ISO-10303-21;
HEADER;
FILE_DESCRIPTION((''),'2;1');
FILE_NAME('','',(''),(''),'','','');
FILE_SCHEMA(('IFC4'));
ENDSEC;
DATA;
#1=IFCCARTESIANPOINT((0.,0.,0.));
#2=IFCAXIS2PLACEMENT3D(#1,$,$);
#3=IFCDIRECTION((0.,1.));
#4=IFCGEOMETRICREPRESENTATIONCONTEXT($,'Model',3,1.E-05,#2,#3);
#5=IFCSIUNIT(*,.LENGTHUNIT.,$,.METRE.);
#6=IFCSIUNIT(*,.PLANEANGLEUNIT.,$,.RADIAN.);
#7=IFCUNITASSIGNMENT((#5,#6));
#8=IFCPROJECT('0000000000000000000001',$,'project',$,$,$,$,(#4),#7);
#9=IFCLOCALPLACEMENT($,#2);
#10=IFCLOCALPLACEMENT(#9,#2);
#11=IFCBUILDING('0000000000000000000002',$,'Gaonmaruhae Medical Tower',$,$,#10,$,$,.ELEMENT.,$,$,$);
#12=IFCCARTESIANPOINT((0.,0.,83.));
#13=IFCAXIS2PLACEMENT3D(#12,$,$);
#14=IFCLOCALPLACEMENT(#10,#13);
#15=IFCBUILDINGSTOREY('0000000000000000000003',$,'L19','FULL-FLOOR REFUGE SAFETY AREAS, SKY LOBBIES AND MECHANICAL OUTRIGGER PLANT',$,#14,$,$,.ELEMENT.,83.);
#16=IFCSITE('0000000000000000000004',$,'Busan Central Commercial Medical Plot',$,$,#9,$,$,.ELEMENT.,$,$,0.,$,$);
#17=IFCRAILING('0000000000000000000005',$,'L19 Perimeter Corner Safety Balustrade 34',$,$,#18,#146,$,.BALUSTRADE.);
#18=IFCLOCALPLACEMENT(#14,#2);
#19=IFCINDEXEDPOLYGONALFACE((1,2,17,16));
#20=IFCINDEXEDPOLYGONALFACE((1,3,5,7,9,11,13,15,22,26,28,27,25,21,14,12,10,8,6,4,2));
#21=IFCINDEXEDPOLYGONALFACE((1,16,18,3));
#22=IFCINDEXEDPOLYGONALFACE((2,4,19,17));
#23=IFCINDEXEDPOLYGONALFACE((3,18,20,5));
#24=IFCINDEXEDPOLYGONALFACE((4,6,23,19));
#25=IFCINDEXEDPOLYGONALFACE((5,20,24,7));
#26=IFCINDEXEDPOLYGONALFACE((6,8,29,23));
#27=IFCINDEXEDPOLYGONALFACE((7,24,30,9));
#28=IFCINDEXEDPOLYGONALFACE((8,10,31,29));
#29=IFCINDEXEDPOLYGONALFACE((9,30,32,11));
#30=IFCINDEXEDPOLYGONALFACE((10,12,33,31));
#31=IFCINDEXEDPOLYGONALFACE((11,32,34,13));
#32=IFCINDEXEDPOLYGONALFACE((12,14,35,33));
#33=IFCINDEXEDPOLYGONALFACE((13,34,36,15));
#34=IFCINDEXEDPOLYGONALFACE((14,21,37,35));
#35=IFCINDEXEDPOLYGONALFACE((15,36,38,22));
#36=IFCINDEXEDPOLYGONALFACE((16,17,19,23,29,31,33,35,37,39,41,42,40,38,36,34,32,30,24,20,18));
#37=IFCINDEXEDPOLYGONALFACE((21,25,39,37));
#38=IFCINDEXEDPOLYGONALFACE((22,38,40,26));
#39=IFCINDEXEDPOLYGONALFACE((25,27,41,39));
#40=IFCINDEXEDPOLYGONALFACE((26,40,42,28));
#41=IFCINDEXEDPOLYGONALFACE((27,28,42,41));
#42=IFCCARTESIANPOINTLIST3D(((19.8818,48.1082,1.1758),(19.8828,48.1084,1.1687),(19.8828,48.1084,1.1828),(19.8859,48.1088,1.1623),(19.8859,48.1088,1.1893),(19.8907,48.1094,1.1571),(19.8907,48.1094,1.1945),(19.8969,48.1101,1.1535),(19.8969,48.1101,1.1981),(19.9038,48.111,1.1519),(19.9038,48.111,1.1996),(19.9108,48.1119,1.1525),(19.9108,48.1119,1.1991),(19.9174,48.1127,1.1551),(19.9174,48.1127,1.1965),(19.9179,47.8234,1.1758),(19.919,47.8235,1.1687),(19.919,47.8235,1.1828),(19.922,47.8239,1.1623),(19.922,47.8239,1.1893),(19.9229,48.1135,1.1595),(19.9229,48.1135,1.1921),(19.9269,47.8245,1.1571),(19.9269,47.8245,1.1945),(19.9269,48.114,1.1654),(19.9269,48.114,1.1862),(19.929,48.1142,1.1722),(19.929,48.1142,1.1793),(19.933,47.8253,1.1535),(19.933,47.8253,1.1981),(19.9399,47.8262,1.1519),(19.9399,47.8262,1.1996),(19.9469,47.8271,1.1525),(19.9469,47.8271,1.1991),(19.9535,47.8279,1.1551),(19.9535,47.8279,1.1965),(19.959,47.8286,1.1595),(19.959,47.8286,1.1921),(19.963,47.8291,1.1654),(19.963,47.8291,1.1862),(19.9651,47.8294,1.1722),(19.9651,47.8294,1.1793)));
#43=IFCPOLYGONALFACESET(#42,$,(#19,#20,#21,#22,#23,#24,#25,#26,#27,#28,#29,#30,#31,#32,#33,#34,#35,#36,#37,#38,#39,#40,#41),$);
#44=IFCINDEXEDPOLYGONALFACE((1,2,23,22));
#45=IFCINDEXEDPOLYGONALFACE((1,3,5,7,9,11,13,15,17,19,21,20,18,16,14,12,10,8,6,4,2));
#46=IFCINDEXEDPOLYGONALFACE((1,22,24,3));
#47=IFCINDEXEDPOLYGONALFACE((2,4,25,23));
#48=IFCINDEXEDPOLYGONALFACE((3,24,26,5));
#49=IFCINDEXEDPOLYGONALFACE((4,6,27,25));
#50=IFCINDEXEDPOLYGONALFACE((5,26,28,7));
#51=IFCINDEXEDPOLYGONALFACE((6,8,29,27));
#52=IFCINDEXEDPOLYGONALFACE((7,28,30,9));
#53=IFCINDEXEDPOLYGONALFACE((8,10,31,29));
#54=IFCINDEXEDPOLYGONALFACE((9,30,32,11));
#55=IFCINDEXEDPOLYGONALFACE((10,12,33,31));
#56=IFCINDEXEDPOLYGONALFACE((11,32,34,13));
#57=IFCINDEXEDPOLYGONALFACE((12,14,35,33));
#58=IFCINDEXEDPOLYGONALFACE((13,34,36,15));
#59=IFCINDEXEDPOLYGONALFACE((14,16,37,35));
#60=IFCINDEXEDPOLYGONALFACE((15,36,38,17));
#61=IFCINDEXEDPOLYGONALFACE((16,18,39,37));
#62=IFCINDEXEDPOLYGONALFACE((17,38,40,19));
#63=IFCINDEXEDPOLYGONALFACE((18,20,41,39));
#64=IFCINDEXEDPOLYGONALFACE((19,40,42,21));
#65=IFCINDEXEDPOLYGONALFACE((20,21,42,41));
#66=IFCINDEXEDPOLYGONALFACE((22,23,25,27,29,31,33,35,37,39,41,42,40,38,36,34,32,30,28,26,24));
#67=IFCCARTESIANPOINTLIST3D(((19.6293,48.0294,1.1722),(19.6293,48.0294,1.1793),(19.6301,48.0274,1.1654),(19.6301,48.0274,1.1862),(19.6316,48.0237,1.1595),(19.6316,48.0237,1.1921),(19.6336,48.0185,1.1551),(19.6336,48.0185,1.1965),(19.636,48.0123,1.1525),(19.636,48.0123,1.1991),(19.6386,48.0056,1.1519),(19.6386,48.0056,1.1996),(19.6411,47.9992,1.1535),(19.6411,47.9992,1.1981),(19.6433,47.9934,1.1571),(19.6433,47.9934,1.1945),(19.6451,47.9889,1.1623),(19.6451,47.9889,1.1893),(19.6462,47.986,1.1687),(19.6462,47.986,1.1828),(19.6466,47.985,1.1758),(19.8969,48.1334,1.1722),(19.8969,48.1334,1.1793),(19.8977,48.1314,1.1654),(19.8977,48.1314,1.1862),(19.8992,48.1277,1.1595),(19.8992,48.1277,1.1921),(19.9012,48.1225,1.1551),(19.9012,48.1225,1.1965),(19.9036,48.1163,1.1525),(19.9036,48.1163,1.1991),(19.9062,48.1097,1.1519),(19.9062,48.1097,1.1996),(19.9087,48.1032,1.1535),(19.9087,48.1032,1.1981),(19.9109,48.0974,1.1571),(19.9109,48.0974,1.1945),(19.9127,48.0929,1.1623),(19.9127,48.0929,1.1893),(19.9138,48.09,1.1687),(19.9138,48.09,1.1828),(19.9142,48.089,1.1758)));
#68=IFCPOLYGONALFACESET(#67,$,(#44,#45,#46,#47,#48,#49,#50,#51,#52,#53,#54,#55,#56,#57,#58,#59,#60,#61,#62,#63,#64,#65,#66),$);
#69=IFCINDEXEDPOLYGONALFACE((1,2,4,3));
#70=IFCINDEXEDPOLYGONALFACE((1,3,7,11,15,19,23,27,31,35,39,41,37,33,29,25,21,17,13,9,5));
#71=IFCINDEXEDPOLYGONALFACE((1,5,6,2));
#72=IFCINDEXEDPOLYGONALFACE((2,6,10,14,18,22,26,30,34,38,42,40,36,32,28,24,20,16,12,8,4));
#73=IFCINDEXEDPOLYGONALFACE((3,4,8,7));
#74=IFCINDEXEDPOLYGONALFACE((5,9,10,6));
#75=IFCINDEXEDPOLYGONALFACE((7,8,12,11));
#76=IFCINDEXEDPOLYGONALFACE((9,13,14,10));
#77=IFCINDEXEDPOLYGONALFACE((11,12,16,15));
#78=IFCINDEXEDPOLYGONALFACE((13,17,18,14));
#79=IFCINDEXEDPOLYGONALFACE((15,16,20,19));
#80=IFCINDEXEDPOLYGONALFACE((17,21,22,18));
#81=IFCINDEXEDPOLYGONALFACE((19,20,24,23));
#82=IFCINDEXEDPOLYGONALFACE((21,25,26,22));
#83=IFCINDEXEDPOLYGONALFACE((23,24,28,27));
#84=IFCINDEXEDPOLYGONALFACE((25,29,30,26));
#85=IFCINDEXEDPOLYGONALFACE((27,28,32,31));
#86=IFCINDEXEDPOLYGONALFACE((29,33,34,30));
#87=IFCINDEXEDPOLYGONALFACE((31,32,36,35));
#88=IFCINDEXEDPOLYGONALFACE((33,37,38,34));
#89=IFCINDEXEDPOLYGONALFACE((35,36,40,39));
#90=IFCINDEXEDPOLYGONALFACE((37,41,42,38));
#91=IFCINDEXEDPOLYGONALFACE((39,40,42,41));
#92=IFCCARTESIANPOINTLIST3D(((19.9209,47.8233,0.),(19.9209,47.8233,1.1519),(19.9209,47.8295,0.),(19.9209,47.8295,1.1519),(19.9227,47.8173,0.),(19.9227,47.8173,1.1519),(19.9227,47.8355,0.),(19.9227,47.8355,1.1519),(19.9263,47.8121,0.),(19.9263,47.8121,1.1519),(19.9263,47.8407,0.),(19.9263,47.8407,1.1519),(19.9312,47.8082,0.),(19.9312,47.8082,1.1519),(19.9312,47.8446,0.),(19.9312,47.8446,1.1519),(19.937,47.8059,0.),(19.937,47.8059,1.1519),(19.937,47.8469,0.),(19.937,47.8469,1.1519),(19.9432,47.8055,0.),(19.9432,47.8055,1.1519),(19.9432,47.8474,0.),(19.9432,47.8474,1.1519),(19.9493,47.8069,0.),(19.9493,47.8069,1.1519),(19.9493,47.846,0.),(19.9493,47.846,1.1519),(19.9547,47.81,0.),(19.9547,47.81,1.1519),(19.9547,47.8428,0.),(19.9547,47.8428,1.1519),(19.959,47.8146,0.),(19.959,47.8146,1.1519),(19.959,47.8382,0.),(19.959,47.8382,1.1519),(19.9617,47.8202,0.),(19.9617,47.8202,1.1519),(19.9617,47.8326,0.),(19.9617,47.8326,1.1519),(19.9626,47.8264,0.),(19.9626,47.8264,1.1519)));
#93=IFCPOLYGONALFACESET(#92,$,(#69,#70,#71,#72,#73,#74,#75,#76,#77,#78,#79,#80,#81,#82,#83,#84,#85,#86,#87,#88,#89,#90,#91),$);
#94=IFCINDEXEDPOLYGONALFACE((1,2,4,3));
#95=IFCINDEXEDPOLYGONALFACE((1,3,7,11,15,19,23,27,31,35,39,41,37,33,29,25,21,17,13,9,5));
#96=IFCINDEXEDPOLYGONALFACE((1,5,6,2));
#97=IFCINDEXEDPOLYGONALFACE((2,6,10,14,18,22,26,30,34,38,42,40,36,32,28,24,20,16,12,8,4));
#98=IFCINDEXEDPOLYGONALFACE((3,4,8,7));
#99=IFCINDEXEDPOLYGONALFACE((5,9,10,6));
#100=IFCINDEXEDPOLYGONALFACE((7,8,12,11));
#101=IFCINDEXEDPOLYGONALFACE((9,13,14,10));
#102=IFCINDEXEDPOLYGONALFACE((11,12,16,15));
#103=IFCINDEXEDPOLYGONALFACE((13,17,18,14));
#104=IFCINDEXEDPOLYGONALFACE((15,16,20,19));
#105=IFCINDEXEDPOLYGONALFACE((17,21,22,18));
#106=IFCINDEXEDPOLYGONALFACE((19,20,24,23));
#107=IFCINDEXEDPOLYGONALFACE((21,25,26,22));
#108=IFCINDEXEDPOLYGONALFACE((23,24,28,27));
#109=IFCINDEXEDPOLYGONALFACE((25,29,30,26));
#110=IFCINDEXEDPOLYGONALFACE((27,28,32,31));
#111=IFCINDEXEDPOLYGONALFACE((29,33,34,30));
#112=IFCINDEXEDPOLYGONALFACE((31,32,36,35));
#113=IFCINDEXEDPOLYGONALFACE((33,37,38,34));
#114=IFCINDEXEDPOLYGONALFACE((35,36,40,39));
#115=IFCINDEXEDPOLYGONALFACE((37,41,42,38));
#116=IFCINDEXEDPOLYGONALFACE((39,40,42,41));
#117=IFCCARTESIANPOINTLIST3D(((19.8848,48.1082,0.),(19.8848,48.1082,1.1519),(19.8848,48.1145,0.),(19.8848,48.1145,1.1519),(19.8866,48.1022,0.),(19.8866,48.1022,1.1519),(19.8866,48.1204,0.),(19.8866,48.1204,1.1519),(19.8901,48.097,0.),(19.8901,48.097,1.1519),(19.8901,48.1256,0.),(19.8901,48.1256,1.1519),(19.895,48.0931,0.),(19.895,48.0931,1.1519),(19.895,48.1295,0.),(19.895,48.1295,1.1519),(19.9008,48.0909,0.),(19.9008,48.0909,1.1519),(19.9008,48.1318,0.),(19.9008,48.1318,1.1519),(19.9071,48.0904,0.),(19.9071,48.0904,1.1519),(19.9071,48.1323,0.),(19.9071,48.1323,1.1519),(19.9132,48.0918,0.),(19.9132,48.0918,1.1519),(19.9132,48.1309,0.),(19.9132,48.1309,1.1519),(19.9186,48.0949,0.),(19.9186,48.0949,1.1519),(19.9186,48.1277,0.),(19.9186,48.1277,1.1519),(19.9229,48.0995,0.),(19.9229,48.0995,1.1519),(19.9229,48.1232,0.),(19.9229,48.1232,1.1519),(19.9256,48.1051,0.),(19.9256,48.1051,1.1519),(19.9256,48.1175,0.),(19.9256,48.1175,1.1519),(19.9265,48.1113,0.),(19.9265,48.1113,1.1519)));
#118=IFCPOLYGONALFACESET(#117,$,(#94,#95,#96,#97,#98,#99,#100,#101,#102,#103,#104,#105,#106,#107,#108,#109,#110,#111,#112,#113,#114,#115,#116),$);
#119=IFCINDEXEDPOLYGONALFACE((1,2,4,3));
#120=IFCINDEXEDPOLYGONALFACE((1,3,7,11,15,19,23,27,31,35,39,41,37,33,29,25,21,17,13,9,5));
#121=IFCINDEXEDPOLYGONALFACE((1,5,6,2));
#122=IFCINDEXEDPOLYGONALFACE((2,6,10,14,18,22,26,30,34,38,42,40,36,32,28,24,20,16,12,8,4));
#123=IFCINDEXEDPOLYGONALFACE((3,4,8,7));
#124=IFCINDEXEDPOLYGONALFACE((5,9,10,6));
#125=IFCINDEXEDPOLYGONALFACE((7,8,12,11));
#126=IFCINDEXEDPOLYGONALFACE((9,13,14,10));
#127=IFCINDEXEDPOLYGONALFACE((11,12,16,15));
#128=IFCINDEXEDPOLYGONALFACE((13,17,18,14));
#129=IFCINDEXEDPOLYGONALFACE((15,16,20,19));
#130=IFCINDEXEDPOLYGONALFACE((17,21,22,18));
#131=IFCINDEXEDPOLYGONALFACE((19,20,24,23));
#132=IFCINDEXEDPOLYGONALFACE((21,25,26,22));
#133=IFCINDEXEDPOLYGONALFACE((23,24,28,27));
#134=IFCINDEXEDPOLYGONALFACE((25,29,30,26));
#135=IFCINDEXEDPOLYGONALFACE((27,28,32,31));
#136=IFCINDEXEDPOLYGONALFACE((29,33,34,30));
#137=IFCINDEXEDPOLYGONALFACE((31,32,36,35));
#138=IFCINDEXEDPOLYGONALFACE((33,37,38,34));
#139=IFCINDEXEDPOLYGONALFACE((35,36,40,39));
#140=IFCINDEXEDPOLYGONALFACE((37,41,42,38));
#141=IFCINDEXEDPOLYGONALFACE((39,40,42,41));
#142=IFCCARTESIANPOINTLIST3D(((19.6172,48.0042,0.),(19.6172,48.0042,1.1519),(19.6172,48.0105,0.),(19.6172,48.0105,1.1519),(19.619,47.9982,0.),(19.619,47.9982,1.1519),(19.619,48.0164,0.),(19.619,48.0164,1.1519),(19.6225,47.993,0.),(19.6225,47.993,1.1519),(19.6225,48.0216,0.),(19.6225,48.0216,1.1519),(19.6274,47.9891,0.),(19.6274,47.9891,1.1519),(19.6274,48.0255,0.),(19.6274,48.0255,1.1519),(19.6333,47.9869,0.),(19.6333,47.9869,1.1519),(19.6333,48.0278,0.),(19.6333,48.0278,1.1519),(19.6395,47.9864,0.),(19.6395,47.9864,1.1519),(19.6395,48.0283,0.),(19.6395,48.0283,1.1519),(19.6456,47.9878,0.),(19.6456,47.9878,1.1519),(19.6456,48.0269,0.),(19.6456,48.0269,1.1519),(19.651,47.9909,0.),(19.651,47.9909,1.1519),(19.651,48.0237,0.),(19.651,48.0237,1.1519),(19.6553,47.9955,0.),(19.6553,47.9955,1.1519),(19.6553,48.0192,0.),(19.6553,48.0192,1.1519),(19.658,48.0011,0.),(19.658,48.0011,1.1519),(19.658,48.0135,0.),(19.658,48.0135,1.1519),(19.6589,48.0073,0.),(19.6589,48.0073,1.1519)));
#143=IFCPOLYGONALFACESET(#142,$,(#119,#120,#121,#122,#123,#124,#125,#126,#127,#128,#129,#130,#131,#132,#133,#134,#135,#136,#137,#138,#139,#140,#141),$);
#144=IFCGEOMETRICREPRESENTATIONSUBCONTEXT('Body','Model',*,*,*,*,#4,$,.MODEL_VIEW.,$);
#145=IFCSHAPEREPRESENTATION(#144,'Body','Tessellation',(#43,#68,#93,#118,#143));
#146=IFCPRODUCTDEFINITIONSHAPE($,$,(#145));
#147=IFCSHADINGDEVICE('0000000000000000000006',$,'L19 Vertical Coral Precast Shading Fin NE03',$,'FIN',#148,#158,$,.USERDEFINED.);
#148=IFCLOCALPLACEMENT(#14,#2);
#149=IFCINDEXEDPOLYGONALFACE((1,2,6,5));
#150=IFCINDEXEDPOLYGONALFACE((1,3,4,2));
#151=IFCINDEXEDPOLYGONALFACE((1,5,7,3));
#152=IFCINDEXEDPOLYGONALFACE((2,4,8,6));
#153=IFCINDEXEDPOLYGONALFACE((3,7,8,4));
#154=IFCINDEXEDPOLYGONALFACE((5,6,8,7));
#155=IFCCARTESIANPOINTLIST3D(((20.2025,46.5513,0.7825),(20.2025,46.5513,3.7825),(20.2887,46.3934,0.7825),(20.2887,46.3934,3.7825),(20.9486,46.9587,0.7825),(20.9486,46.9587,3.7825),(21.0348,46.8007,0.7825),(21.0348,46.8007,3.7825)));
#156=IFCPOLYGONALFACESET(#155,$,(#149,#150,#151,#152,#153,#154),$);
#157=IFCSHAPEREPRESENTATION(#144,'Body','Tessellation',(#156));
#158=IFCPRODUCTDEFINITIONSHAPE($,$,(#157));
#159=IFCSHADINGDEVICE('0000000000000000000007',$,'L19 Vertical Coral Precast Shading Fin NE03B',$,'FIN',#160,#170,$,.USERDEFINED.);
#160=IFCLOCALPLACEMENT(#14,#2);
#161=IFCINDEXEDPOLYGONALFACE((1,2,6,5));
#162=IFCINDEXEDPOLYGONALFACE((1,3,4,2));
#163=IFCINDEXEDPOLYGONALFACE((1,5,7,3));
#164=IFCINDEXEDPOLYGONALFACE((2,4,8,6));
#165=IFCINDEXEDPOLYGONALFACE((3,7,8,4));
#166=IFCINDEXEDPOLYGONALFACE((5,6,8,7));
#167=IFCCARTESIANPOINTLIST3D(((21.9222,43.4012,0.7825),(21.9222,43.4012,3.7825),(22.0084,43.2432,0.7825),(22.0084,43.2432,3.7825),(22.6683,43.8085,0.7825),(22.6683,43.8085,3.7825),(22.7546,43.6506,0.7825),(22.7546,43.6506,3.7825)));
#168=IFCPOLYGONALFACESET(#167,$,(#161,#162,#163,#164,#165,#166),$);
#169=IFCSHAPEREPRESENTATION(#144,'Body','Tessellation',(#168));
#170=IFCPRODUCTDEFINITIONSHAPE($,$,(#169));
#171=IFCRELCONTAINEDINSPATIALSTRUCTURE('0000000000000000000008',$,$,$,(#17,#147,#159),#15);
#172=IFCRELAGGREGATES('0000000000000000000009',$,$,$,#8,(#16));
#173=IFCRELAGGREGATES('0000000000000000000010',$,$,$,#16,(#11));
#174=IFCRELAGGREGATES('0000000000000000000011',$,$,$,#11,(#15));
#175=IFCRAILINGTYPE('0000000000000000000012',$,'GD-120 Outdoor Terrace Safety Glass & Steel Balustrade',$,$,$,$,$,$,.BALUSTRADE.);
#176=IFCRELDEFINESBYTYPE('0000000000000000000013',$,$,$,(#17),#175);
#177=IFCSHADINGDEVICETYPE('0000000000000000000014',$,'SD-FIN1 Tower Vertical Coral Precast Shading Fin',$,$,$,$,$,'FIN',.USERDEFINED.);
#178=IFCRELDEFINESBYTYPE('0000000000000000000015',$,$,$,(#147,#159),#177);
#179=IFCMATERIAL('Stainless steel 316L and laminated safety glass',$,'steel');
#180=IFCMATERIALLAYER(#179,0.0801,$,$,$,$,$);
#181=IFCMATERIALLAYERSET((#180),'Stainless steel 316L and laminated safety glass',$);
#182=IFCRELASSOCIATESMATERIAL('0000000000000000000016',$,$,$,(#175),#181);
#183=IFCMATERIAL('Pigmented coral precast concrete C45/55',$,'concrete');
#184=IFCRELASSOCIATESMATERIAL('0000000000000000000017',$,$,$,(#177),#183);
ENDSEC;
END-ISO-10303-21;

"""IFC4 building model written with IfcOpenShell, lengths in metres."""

from ifc_helpers import new_model, si_unit, direction, frame, origin, origin_2d, place, context, subcontext, project, spatial, rectangle, circle, extrude, material, layer, layer_set, type_object, element, save


model = new_model("IFC4")

# Units and contexts
model_context = context("Model", 3, precision=1e-05, world=origin(), true_north=direction((0.0, 1.0)))
body_context = subcontext(model_context, "Body", "Model", "MODEL_VIEW")
ifc_project = project(units=[si_unit("LENGTHUNIT", "METRE"), si_unit("PLANEANGLEUNIT", "RADIAN")], contexts=[model_context])

# Site, building, storey
site_placement = place(None, origin())
site = spatial("IfcSite", under=ifc_project, at=site_placement, Name="Busan Central Commercial Medical Plot", CompositionType="ELEMENT", RefElevation=0.0)
building_placement = place(site_placement, origin())
building = spatial("IfcBuilding", under=site, at=building_placement, Name="Gaonmaruhae Medical Tower", CompositionType="ELEMENT")
storey_placement = place(building_placement, frame((0.0, 0.0, 83.0)))
storey = spatial("IfcBuildingStorey", under=building, at=storey_placement, Name="L19", Description="FULL-FLOOR REFUGE SAFETY AREAS, SKY LOBBIES AND MECHANICAL OUTRIGGER PLANT", CompositionType="ELEMENT", Elevation=83.0)

# Railing
ifc_material_1 = material(Name="Stainless steel 316L and laminated safety glass", Category="steel")
ifc_layer_1 = layer(ifc_material_1, 0.0801)
ifc_layer_set_1 = layer_set([ifc_layer_1], Name="Stainless steel 316L and laminated safety glass")
railing_type = type_object("IfcRailingType", Name="GD-120 Outdoor Terrace Safety Glass & Steel Balustrade", PredefinedType="BALUSTRADE", material=ifc_layer_set_1)
railing_1_placement = place(storey_placement, frame((19.9417, 47.8264, 0.0)))
element("IfcRailing", 1, at=railing_1_placement, inside=storey, type_object=railing_type, Name="L19 Perimeter Corner Safety Balustrade 34", PredefinedType="BALUSTRADE", context=body_context, shape_type="SweptSolid", body=[
    extrude(circle(Radius=0.0239, at=origin_2d()), frame((0.0, 0.0, 1.1758), z_axis=(-0.125813, 0.992054, 0.0), x_axis=(-0.992054, -0.125813, 0.0)), (0.0, 0.0, 1.0), 0.2871),
    extrude(circle(Radius=0.0239, at=origin_2d()), frame((-0.0361, 0.2849, 1.1758), z_axis=(-0.932068, -0.362282, 0.0), x_axis=(0.362282, -0.932068, 0.0)), (0.0, 0.0, 1.0), 0.2871),
    extrude(circle(Radius=0.021, at=origin_2d()), origin(), (0.0, 0.0, 1.0), 1.1519),
    extrude(circle(Radius=0.021, at=origin_2d()), frame((-0.0361, 0.2849, 0.0)), (0.0, 0.0, 1.0), 1.1519),
    extrude(circle(Radius=0.021, at=origin_2d()), frame((-0.3037, 0.1809, 0.0)), (0.0, 0.0, 1.0), 1.1519),
])

# Shading devices
ifc_material_2 = material(Name="Pigmented coral precast concrete C45/55", Category="concrete")
shading_device_type = type_object("IfcShadingDeviceType", Name="SD-FIN1 Tower Vertical Coral Precast Shading Fin", ElementType="FIN", PredefinedType="USERDEFINED", material=ifc_material_2)
for number, where, z_axis, x_axis, name in (
    (2, (20.6187, 46.676, 0.7825), (0.0, 0.0, 1.0), (0.479182, -0.877715, 0.0), "L19 Vertical Coral Precast Shading Fin NE03"),
    (3, (22.3384, 43.5259, 0.7825), (0.0, 0.0, 1.0), (0.479182, -0.877715, 0.0), "L19 Vertical Coral Precast Shading Fin NE03B"),
):
    element("IfcShadingDevice", number, at=place(storey_placement, frame(where, z_axis=z_axis, x_axis=x_axis)), inside=storey, type_object=shading_device_type, Name=name, ObjectType="FIN", PredefinedType="USERDEFINED", context=body_context, shape_type="SweptSolid", body=[
        extrude(rectangle(XDim=0.1799, YDim=0.8501, at=origin_2d()), origin(), (0.0, 0.0, 1.0), 3.0),
    ])

save(model, "model.ifc")
